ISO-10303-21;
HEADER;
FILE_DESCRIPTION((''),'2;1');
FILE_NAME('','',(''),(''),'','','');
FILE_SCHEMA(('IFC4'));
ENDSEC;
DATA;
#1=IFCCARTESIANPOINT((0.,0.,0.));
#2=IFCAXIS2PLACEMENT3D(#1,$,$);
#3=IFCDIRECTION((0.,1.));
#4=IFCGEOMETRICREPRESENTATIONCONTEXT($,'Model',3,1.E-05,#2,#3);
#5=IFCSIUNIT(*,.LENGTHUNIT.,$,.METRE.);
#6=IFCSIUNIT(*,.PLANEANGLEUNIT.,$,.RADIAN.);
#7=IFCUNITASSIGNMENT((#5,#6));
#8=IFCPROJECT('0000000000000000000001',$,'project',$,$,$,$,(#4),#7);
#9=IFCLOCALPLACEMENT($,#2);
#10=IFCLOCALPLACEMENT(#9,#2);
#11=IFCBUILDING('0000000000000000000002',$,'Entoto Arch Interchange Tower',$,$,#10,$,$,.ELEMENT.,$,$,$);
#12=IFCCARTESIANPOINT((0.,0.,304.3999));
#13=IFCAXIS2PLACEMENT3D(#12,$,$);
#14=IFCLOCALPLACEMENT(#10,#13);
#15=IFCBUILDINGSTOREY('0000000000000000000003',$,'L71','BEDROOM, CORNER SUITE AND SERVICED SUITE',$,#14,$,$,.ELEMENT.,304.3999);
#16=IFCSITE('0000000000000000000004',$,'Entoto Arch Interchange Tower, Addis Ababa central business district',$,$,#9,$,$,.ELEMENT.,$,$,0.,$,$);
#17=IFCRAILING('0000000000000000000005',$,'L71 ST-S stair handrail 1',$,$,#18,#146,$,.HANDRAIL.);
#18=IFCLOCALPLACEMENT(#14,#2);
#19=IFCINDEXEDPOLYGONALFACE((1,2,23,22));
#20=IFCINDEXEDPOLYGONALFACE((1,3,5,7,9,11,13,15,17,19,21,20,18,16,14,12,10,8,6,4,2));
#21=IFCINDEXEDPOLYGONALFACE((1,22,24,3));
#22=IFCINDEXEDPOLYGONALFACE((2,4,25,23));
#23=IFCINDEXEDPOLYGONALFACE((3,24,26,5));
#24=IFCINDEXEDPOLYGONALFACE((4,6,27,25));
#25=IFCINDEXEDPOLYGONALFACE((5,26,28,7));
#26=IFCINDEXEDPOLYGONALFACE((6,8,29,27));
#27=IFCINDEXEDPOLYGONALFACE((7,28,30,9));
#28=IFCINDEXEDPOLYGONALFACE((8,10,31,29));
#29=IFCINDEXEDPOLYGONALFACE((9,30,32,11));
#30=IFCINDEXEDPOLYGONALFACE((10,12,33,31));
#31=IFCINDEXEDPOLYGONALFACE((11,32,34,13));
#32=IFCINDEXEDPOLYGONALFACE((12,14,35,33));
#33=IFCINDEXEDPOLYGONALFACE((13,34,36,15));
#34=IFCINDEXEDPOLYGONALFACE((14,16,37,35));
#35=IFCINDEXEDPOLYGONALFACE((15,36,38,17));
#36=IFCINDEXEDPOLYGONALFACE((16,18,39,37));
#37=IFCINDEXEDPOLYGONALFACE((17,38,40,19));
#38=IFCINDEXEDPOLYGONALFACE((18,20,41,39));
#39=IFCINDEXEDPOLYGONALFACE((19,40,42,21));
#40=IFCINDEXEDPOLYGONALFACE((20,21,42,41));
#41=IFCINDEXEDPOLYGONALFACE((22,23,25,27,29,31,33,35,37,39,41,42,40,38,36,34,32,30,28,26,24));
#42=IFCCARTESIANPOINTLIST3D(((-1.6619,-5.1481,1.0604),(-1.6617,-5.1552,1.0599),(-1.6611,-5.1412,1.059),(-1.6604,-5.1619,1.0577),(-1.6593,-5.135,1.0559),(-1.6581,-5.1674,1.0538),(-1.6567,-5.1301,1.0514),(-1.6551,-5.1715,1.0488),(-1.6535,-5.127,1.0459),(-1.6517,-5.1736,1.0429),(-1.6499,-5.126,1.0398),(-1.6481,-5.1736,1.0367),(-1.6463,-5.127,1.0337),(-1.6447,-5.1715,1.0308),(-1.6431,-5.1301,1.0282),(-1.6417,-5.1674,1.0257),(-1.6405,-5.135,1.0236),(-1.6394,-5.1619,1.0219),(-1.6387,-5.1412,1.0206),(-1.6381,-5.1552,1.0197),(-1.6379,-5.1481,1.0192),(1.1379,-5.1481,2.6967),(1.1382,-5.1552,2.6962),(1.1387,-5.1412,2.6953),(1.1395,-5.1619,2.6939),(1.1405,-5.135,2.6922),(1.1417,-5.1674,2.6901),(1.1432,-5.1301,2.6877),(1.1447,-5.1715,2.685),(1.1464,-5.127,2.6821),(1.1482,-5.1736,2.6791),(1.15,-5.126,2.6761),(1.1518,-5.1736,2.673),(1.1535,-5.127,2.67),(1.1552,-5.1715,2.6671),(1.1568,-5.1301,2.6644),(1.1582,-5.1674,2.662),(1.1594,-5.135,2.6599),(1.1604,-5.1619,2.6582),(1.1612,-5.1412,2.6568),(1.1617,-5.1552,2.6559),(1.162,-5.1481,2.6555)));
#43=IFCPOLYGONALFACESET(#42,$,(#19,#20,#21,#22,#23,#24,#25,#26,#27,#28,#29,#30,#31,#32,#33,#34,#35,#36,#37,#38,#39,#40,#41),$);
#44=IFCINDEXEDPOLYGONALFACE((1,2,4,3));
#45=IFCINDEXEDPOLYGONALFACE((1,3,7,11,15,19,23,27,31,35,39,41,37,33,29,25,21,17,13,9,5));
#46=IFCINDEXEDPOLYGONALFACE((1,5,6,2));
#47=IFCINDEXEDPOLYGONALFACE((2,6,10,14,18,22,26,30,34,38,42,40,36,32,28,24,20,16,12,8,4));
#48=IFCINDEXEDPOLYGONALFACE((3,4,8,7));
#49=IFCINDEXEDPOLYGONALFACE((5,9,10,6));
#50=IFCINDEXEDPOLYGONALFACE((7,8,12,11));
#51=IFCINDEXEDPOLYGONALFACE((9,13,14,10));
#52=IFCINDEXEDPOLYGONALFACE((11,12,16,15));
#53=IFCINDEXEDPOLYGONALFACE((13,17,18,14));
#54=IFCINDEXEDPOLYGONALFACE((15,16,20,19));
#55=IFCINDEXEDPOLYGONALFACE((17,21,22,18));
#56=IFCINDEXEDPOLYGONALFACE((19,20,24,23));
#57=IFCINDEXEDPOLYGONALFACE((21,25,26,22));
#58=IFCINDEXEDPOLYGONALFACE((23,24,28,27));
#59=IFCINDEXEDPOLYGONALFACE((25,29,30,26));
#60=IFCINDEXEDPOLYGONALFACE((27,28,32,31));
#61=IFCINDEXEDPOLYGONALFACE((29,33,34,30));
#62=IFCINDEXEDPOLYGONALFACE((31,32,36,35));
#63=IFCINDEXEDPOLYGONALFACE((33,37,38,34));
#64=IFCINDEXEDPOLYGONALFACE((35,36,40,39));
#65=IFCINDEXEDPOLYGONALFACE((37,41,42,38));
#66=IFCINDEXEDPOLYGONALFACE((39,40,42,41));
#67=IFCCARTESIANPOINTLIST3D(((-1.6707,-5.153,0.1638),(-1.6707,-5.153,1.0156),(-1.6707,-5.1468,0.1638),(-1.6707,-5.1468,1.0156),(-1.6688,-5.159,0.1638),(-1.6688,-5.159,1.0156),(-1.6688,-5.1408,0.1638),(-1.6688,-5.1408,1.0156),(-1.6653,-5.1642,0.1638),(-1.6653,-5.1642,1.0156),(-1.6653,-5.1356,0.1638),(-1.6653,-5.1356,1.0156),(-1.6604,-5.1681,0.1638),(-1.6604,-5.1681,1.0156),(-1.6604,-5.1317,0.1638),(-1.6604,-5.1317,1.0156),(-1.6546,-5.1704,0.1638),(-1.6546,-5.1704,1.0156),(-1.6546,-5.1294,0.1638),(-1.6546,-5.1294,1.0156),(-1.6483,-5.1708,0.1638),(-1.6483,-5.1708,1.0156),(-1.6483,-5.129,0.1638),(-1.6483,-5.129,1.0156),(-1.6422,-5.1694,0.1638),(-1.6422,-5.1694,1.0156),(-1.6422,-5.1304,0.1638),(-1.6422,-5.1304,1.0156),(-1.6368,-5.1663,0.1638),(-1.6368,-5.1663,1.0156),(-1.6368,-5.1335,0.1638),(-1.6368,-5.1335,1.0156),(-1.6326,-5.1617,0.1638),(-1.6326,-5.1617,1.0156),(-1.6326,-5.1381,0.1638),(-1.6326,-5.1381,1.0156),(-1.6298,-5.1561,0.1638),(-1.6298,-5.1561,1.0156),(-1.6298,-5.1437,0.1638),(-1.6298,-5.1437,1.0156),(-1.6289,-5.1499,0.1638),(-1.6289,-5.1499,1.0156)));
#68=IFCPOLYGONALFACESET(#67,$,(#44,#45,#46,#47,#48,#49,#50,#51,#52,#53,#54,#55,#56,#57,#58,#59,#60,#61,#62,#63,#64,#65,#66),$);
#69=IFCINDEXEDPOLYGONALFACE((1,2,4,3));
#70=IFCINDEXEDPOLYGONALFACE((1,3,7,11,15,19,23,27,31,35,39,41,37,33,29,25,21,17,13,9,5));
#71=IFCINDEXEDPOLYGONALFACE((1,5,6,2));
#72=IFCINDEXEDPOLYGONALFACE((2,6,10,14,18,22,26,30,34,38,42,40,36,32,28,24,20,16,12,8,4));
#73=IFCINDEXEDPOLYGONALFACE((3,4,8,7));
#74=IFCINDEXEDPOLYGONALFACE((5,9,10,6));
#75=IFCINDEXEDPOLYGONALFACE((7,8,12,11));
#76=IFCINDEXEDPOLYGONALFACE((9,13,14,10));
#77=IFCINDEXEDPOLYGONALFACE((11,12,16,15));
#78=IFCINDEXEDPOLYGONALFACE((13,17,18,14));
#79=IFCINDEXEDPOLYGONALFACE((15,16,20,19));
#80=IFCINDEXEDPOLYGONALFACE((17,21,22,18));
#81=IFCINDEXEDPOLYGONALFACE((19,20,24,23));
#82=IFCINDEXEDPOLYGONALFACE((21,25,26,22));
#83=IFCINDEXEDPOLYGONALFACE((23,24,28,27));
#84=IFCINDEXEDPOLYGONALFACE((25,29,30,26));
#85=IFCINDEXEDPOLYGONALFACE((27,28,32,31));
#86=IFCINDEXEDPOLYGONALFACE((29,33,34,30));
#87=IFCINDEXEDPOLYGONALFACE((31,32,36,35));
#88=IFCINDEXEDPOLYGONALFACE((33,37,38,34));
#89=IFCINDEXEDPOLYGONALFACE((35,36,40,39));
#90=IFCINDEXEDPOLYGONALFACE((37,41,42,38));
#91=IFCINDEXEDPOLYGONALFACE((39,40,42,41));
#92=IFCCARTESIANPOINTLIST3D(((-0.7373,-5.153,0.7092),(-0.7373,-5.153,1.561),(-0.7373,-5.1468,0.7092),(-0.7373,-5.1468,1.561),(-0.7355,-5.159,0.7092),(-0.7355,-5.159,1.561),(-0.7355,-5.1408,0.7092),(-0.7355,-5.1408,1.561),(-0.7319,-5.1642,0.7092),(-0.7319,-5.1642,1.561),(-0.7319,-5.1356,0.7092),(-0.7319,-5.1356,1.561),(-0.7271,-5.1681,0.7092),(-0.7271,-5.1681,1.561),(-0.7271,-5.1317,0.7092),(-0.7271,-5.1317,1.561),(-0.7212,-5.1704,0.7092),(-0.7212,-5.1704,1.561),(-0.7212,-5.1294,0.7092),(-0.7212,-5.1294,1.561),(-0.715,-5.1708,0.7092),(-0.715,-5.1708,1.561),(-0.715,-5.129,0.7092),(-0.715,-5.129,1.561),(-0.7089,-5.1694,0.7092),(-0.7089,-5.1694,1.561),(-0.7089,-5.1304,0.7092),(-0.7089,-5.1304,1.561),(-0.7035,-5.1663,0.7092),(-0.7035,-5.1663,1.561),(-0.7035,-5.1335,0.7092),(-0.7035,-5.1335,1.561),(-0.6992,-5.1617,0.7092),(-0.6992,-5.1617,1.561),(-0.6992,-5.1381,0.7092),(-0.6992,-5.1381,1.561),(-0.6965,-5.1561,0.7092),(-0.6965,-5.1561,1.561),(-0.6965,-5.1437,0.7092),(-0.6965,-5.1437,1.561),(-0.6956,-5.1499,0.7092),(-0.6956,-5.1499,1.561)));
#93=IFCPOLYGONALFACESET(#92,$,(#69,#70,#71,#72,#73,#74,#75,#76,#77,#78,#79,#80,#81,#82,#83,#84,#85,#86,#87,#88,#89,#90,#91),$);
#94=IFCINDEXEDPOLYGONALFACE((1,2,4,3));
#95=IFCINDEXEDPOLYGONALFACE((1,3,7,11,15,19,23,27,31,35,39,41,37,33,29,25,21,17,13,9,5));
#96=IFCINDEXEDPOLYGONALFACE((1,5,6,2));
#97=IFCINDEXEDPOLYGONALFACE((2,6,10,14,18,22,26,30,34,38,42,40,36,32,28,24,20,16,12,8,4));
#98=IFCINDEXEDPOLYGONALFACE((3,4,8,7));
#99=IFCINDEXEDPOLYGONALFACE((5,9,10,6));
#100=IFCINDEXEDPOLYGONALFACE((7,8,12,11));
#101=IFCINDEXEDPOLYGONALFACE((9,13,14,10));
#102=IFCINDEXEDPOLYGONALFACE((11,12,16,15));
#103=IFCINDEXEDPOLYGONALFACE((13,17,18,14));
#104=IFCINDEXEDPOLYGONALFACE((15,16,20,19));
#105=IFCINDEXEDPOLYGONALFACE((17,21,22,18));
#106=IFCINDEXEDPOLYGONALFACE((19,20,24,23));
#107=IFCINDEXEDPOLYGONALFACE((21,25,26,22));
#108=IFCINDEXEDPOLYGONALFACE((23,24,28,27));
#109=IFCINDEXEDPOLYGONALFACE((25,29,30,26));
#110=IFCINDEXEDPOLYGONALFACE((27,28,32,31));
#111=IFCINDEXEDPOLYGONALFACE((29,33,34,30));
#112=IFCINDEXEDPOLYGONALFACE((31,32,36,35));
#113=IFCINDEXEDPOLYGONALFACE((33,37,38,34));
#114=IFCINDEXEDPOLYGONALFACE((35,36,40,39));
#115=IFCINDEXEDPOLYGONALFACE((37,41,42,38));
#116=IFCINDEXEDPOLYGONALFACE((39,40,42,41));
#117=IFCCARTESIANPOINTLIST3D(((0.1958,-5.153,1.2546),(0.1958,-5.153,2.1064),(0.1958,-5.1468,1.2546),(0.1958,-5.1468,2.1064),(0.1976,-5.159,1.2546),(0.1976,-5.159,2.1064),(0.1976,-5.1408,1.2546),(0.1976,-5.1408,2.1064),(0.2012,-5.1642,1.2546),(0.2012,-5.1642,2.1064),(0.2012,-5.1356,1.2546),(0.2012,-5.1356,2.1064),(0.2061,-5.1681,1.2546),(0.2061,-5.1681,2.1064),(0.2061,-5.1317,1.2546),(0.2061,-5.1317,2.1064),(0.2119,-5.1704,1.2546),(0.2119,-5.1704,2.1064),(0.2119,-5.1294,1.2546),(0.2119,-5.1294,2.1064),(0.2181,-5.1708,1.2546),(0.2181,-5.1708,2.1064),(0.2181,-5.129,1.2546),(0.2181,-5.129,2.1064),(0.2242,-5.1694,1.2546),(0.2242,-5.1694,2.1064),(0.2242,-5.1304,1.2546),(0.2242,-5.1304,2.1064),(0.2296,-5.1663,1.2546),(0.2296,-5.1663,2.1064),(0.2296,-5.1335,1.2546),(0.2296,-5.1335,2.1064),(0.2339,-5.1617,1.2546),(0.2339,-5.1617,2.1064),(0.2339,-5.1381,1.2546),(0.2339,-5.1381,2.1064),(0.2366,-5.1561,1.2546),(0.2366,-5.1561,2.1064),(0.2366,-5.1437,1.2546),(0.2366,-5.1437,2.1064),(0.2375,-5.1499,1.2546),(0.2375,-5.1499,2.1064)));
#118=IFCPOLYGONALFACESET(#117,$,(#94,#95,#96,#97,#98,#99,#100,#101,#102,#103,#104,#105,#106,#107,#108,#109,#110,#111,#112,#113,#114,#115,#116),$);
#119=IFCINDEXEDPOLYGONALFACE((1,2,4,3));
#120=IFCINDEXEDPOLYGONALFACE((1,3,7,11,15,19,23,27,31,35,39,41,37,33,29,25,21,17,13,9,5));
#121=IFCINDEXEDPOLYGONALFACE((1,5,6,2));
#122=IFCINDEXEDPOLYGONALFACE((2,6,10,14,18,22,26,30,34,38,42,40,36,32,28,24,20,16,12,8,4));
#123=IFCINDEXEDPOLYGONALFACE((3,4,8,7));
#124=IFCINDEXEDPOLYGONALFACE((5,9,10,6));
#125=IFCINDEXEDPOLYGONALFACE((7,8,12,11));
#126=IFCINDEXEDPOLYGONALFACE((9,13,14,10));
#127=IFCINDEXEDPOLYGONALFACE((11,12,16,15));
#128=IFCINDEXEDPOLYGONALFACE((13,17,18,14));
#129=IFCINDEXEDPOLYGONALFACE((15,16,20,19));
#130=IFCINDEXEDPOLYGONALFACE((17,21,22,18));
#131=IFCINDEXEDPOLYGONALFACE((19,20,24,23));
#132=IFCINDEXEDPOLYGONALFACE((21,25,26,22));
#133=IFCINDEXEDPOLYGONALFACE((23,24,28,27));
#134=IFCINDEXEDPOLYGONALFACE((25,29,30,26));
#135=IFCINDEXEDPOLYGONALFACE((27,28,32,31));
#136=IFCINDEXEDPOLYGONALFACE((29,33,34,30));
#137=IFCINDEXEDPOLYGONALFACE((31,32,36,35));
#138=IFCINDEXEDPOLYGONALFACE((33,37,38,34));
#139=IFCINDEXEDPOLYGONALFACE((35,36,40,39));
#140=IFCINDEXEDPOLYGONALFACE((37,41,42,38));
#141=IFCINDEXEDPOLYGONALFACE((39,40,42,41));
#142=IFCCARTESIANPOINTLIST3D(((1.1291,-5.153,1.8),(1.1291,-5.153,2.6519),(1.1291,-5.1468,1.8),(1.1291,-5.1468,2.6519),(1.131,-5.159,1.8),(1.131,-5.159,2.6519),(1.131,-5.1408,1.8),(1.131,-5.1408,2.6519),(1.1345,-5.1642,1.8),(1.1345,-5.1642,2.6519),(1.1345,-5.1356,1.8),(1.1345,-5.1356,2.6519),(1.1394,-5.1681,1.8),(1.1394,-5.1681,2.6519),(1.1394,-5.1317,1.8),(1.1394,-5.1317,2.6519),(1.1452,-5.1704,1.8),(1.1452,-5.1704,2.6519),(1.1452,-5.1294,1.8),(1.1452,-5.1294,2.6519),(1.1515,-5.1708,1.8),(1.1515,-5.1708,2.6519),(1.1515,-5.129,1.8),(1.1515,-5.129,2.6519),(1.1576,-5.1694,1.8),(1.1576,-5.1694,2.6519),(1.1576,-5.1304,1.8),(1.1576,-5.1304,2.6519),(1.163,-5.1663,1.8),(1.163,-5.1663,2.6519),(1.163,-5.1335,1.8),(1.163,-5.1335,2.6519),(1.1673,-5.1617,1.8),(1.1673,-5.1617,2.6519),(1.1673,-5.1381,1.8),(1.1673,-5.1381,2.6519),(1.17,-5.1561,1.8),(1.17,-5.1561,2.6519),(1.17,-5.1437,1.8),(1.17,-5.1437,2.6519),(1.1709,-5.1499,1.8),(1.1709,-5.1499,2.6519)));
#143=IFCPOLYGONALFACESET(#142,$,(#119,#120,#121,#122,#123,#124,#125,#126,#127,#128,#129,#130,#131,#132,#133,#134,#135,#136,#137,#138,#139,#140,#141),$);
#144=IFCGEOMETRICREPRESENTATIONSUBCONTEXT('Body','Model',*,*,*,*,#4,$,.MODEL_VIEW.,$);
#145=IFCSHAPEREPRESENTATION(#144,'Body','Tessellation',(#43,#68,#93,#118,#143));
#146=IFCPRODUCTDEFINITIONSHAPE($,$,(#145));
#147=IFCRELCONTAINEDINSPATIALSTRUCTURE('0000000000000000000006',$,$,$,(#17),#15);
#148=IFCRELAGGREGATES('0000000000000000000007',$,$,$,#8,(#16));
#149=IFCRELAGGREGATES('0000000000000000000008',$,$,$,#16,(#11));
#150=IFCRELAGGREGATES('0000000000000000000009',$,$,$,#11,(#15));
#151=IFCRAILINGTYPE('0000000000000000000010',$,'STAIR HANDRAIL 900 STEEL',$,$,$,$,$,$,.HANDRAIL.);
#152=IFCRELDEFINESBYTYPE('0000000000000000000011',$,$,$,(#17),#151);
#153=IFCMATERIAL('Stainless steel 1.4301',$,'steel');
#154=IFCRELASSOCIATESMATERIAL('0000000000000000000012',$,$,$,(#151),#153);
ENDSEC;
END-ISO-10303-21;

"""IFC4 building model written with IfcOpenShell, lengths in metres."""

from ifc_helpers import new_model, si_unit, direction, frame, origin, origin_2d, place, context, subcontext, project, spatial, circle, extrude, material, type_object, element, save


model = new_model("IFC4")

# Units and contexts
model_context = context("Model", 3, precision=1e-05, world=origin(), true_north=direction((0.0, 1.0)))
body_context = subcontext(model_context, "Body", "Model", "MODEL_VIEW")
ifc_project = project(units=[si_unit("LENGTHUNIT", "METRE"), si_unit("PLANEANGLEUNIT", "RADIAN")], contexts=[model_context])

# Site, building, storey
site_placement = place(None, origin())
site = spatial("IfcSite", under=ifc_project, at=site_placement, Name="Entoto Arch Interchange Tower, Addis Ababa central business district", CompositionType="ELEMENT", RefElevation=0.0)
building_placement = place(site_placement, origin())
building = spatial("IfcBuilding", under=site, at=building_placement, Name="Entoto Arch Interchange Tower", CompositionType="ELEMENT")
storey_placement = place(building_placement, frame((0.0, 0.0, 304.3999)))
storey = spatial("IfcBuildingStorey", under=building, at=storey_placement, Name="L71", Description="BEDROOM, CORNER SUITE AND SERVICED SUITE", CompositionType="ELEMENT", Elevation=304.3999)

# Railing
ifc_material_1 = material(Name="Stainless steel 1.4301", Category="steel")
railing_type_1 = type_object("IfcRailingType", Name="STAIR HANDRAIL 900 STEEL", PredefinedType="HANDRAIL", material=ifc_material_1)
railing_1_placement = place(storey_placement, frame((-1.6499, -5.1499, 0.1638)))
element("IfcRailing", 1, at=railing_1_placement, inside=storey, type_object=railing_type_1, Name="L71 ST-S stair handrail 1", PredefinedType="HANDRAIL", context=body_context, shape_type="SweptSolid", body=[
    extrude(circle(Radius=0.0239, at=origin_2d()), frame((0.0, 0.0, 0.876), z_axis=(0.863374, 0.0, 0.504564), x_axis=(0.0, 1.0, 0.0)), (0.0, 0.0, 1.0), 3.2429),
    extrude(circle(Radius=0.021, at=origin_2d()), origin(), (0.0, 0.0, 1.0), 0.8518),
    extrude(circle(Radius=0.021, at=origin_2d()), frame((0.9333, 0.0, 0.5454)), (0.0, 0.0, 1.0), 0.8518),
    extrude(circle(Radius=0.021, at=origin_2d()), frame((1.8665, 0.0, 1.0908)), (0.0, 0.0, 1.0), 0.8518),
    extrude(circle(Radius=0.021, at=origin_2d()), frame((2.7998, 0.0, 1.6362)), (0.0, 0.0, 1.0), 0.8518),
])

save(model, "model.ifc")
